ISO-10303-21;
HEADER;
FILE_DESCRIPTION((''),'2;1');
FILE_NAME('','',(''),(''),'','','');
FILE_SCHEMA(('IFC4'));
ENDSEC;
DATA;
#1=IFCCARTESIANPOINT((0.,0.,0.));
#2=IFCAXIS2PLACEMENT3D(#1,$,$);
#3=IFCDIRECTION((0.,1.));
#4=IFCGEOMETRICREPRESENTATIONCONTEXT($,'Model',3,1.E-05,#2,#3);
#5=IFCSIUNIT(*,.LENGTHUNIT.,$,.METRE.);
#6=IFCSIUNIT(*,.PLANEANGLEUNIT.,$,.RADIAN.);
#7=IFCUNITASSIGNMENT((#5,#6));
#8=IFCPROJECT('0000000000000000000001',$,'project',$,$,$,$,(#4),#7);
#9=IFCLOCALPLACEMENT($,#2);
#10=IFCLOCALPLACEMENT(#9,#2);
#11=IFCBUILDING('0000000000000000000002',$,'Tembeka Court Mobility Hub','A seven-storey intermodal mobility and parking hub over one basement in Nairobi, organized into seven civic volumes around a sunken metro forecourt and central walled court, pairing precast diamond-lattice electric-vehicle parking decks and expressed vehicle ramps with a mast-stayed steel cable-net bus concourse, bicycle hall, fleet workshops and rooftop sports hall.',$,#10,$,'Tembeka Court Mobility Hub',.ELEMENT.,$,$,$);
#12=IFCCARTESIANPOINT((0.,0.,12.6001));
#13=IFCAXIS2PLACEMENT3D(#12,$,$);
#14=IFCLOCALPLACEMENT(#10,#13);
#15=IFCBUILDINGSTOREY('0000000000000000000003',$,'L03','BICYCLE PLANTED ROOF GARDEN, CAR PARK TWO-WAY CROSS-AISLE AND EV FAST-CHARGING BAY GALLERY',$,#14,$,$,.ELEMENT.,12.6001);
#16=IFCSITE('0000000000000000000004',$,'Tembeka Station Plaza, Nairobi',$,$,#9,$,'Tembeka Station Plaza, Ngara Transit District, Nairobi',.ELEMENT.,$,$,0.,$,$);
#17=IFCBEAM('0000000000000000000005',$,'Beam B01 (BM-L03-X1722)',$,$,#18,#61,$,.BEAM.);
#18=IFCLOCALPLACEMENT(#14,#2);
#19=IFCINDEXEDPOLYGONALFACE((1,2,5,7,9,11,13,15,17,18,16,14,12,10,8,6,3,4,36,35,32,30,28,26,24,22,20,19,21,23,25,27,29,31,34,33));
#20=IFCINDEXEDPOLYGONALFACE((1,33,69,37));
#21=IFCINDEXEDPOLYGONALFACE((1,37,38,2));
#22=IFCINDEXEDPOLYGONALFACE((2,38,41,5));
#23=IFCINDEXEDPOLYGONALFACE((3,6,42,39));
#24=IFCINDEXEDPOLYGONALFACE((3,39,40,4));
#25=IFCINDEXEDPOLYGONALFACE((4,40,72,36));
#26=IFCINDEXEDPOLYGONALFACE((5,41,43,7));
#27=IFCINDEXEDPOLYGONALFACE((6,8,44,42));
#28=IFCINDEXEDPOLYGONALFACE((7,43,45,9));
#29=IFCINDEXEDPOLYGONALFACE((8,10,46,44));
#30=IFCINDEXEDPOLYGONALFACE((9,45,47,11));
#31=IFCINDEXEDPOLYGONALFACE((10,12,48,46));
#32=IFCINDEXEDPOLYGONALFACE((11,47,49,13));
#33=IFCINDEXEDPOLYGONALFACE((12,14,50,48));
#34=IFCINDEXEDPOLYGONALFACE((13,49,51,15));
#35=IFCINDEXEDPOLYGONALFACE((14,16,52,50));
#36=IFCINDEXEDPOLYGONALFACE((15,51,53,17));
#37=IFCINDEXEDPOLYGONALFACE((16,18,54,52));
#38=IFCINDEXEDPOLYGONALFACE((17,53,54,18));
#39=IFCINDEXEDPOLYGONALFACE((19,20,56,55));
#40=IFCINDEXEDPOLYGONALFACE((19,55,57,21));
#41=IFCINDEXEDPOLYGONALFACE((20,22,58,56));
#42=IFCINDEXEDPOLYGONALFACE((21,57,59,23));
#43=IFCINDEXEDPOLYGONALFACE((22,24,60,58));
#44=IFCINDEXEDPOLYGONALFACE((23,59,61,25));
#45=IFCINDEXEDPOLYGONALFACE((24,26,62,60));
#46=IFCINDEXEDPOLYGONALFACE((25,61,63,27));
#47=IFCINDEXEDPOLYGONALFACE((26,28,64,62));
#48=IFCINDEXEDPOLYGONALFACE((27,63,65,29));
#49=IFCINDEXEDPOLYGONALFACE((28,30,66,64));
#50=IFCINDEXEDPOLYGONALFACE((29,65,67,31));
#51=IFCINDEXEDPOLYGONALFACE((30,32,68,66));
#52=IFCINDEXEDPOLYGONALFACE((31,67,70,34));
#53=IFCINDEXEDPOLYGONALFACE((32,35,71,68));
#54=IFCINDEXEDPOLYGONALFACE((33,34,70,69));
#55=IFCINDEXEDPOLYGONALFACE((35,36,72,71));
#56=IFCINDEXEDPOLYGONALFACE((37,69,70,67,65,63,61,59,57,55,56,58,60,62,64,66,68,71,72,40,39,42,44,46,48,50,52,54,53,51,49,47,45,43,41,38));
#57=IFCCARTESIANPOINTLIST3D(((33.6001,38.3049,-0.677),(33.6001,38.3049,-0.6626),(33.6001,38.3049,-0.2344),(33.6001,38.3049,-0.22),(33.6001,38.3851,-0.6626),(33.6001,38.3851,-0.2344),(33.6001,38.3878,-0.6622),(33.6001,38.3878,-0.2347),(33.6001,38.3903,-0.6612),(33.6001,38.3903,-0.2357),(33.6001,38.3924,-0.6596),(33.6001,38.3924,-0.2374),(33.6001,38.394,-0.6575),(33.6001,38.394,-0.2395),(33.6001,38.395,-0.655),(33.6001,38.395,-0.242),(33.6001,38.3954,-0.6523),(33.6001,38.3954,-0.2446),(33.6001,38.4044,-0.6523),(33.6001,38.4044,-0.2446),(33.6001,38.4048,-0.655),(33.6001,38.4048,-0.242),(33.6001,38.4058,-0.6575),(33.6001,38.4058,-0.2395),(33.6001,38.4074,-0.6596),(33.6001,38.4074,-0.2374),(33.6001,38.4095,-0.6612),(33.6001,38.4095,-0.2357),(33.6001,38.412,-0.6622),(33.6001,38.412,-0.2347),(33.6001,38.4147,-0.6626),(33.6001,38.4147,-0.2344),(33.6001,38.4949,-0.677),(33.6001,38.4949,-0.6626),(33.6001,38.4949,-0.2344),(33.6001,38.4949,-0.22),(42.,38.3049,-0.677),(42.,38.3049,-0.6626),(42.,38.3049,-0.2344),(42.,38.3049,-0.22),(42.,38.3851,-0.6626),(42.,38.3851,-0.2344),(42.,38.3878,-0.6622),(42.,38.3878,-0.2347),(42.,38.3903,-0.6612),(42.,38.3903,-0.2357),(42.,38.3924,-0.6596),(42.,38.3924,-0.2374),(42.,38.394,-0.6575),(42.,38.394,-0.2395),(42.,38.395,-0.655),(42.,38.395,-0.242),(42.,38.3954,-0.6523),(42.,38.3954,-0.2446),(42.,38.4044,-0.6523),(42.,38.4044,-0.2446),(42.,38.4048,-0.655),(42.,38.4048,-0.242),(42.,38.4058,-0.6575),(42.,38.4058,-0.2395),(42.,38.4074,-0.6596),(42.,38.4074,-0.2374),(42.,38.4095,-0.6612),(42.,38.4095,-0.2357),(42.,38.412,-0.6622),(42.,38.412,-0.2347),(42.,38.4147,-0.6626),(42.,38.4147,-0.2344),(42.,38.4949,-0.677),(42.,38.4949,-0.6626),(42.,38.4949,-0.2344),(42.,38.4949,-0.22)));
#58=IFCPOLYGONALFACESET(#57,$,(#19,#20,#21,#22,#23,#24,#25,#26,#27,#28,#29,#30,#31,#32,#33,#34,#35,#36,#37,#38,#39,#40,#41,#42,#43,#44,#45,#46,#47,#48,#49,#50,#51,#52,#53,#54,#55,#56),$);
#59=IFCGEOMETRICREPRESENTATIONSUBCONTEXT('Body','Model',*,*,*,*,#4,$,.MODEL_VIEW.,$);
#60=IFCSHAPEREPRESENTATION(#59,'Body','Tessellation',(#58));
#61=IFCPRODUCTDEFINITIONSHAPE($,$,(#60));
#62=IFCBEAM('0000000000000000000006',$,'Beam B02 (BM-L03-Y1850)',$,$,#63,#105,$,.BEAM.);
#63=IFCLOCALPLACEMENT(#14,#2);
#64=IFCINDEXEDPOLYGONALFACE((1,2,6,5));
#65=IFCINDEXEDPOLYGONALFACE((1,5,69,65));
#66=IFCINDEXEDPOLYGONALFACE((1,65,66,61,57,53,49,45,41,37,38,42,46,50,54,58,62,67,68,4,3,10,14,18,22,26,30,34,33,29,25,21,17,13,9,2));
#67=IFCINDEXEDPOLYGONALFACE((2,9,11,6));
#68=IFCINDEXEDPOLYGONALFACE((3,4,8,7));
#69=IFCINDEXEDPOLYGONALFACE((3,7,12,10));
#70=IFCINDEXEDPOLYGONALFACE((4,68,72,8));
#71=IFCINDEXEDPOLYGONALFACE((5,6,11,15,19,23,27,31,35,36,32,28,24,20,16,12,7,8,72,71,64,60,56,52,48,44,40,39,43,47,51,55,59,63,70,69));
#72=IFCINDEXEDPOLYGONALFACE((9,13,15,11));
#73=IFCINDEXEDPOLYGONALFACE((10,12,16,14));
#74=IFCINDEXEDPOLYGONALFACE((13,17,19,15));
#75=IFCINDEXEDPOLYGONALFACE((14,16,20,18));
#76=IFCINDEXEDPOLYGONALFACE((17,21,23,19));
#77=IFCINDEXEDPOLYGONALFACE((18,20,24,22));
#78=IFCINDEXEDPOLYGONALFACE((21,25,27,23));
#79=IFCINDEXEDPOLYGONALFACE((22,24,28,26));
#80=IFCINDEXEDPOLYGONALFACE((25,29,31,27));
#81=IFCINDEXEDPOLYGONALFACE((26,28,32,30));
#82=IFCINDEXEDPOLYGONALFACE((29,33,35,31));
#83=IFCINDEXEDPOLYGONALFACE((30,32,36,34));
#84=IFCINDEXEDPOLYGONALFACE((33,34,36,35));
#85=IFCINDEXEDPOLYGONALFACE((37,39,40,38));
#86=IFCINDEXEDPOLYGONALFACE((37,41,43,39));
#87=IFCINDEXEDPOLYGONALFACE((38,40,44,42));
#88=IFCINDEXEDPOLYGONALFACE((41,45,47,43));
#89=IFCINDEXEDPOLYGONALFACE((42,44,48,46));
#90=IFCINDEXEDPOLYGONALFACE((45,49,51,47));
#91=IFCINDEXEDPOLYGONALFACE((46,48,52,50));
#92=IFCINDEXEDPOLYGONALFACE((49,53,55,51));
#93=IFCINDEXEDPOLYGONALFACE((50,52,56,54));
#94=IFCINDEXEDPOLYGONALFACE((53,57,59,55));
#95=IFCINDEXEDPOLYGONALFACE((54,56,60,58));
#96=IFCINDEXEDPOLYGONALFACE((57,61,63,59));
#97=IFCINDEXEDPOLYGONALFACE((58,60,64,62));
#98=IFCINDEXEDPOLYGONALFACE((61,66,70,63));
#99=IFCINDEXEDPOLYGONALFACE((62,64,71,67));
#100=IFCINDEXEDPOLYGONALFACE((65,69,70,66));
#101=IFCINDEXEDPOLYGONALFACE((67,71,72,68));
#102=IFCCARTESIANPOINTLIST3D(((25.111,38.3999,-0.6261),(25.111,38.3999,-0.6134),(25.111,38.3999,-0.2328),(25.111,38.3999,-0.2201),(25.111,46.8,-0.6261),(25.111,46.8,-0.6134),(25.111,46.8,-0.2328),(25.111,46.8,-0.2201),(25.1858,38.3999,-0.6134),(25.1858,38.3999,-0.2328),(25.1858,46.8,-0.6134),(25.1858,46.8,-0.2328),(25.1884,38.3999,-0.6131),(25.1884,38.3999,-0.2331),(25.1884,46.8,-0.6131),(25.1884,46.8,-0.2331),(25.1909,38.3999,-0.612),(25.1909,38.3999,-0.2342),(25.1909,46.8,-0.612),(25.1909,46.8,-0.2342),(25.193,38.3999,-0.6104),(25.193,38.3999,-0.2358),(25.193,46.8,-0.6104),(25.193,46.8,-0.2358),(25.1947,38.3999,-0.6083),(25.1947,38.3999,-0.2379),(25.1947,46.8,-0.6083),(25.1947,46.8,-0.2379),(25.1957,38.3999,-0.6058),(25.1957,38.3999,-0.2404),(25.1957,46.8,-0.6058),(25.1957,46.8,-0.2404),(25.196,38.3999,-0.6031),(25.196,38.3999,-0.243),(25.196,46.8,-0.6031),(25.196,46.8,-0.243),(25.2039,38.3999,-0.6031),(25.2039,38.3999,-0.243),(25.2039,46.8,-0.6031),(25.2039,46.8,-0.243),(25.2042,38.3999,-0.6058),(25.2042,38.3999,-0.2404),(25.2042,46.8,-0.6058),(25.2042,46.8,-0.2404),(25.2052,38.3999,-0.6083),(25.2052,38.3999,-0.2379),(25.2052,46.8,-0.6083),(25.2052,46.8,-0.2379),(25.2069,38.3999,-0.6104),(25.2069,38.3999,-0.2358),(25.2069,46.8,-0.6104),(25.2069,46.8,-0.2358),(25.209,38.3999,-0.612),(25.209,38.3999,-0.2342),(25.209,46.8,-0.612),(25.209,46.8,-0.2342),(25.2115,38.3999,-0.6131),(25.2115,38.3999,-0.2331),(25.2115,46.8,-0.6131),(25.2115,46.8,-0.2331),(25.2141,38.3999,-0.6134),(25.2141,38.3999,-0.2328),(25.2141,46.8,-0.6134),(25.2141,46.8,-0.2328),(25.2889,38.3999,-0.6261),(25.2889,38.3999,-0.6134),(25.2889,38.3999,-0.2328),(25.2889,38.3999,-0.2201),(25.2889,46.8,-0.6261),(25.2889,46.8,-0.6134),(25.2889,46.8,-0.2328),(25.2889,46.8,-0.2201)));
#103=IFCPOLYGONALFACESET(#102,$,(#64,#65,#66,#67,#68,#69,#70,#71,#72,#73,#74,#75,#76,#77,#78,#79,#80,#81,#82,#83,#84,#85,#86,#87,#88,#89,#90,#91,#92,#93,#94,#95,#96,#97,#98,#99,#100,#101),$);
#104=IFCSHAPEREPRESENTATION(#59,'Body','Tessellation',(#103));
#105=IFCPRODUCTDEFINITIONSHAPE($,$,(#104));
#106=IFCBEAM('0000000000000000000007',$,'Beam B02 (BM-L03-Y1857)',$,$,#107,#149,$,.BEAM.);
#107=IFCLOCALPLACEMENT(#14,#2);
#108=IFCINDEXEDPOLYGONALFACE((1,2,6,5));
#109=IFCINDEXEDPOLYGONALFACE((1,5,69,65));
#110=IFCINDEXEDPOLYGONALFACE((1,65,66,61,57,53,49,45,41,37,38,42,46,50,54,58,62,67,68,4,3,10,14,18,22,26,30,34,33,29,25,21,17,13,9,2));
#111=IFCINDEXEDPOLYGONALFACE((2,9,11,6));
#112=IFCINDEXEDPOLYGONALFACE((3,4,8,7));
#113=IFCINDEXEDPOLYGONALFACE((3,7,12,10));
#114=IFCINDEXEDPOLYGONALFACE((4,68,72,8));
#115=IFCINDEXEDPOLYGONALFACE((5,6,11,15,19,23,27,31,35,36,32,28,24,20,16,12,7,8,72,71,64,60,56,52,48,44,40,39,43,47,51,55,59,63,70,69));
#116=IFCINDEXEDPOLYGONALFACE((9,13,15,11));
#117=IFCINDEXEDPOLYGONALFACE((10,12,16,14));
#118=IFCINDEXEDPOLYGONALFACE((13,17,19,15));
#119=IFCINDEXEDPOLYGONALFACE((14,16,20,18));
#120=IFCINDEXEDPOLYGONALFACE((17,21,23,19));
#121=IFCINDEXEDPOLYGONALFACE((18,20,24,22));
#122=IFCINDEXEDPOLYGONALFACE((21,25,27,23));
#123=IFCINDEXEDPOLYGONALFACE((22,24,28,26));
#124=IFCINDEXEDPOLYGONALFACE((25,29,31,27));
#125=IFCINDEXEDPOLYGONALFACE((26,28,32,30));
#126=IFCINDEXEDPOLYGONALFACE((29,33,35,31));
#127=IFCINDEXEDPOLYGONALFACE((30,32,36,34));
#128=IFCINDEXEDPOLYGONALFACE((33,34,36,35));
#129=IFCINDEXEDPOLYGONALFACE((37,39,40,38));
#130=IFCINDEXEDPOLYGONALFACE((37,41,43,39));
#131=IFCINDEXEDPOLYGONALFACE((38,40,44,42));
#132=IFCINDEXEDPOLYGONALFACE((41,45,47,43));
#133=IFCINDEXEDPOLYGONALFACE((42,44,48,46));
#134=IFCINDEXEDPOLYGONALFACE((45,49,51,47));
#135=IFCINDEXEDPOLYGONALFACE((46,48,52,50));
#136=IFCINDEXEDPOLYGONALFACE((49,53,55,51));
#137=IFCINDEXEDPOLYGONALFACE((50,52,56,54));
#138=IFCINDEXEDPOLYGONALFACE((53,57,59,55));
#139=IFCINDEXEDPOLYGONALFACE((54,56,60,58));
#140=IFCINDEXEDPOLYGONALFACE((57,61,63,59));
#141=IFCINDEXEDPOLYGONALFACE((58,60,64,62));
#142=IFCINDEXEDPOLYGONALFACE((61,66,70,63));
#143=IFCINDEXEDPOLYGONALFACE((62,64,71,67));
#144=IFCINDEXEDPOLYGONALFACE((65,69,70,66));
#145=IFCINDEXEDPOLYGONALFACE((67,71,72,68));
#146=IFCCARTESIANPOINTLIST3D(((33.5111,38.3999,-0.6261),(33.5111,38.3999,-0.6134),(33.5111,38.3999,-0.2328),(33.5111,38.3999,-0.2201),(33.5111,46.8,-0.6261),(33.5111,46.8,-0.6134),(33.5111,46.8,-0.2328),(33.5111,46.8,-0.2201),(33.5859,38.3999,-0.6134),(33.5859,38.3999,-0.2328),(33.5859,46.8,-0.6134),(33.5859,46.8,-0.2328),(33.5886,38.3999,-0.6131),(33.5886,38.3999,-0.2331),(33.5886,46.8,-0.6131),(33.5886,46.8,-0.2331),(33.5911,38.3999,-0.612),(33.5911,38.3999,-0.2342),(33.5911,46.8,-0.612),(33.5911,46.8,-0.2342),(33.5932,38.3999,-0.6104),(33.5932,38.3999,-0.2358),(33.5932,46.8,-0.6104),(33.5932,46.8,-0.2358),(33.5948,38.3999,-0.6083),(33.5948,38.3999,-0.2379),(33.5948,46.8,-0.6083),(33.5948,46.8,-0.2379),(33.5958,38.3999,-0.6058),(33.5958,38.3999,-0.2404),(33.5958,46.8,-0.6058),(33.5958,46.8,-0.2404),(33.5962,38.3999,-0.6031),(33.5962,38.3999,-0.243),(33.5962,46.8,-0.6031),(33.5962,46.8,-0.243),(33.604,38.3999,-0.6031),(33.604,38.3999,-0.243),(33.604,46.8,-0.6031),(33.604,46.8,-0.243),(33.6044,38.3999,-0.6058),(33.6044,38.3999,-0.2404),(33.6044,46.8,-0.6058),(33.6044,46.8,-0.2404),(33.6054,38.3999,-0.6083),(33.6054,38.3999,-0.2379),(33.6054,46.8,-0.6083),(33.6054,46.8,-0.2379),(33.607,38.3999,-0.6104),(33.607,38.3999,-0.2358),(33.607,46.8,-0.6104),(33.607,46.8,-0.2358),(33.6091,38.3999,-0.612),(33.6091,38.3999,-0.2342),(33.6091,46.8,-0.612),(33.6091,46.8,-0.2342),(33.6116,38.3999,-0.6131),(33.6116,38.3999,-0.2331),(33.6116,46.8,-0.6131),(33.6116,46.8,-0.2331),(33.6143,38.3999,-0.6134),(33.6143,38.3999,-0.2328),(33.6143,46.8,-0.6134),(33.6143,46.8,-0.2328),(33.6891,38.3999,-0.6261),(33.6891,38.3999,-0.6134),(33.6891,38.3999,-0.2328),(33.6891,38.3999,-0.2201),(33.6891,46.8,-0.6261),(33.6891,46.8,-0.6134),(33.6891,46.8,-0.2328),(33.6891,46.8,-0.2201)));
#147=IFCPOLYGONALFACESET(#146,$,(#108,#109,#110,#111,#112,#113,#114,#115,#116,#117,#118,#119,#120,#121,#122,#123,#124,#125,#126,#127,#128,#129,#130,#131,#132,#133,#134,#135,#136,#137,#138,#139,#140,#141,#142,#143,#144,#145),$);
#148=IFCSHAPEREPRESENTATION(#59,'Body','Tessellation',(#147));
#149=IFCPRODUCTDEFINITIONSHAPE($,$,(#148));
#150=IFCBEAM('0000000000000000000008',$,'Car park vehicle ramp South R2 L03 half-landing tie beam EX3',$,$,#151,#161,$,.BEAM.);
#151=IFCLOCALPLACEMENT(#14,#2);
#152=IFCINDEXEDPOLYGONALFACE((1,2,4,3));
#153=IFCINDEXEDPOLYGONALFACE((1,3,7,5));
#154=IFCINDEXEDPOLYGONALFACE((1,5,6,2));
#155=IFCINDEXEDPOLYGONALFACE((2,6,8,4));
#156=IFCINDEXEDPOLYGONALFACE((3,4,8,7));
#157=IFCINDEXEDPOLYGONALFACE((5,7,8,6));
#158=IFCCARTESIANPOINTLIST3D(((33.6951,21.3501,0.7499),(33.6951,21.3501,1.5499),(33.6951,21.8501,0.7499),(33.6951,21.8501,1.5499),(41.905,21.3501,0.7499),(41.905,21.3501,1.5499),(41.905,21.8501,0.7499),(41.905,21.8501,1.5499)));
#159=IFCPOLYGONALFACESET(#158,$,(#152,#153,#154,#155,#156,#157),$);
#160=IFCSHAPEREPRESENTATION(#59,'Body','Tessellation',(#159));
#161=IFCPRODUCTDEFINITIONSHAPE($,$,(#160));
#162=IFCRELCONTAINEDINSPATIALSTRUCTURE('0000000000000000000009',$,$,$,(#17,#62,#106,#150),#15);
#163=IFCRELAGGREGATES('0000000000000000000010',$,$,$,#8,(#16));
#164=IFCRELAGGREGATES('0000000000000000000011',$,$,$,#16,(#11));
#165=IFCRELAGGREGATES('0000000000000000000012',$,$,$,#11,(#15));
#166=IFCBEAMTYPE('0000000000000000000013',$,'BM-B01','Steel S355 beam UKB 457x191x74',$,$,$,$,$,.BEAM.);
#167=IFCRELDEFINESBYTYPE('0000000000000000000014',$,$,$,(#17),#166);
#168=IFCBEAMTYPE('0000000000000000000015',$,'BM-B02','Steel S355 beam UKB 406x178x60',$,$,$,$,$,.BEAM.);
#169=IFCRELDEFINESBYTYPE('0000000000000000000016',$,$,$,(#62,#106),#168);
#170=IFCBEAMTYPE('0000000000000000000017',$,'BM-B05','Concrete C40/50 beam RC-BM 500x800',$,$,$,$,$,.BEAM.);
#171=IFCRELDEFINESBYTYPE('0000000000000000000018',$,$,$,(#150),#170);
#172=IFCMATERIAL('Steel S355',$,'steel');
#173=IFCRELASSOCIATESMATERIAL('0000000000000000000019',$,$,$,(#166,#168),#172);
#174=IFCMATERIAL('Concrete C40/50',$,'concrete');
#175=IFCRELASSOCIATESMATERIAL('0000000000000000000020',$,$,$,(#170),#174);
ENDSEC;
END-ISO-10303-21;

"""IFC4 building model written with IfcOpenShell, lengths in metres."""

from ifc_helpers import new_model, si_unit, direction, frame, origin, origin_2d, place, context, subcontext, project, spatial, rectangle, i_section, extrude, material, material_profile, profile_set, type_object, element, save


model = new_model("IFC4")

# Units and contexts
model_context = context("Model", 3, precision=1e-05, world=origin(), true_north=direction((0.0, 1.0)))
body_context = subcontext(model_context, "Body", "Model", "MODEL_VIEW")
ifc_project = project(units=[si_unit("LENGTHUNIT", "METRE"), si_unit("PLANEANGLEUNIT", "RADIAN")], contexts=[model_context])

# Site, building, storey
site_placement = place(None, origin())
site = spatial("IfcSite", under=ifc_project, at=site_placement, Name="Tembeka Station Plaza, Nairobi", LongName="Tembeka Station Plaza, Ngara Transit District, Nairobi", CompositionType="ELEMENT", RefElevation=0.0)
building_placement = place(site_placement, origin())
building = spatial("IfcBuilding", under=site, at=building_placement, Name="Tembeka Court Mobility Hub", Description="A seven-storey intermodal mobility and parking hub over one basement in Nairobi, organized into seven civic volumes around a sunken metro forecourt and central walled court, pairing precast diamond-lattice electric-vehicle parking decks and expressed vehicle ramps with a mast-stayed steel cable-net bus concourse, bicycle hall, fleet workshops and rooftop sports hall.", LongName="Tembeka Court Mobility Hub", CompositionType="ELEMENT")
storey_placement = place(building_placement, frame((0.0, 0.0, 12.6001)))
storey = spatial("IfcBuildingStorey", under=building, at=storey_placement, Name="L03", Description="BICYCLE PLANTED ROOF GARDEN, CAR PARK TWO-WAY CROSS-AISLE AND EV FAST-CHARGING BAY GALLERY", CompositionType="ELEMENT", Elevation=12.6001)

# Shared definitions
ifc_material_1 = material(Name="Steel S355", Category="steel")

# Beams
ifc_material_profile_1 = material_profile(ifc_material_1, i_section(OverallWidth=0.1899, OverallDepth=0.457, WebThickness=0.009, FlangeThickness=0.0144, FilletRadius=0.0103, at=origin_2d()), Name="UKB 457x191x74")
ifc_profile_set_1 = profile_set([ifc_material_profile_1], Name="Steel S355")
beam_type_1 = type_object("IfcBeamType", Name="BM-B01", Description="Steel S355 beam UKB 457x191x74", PredefinedType="BEAM", material=ifc_profile_set_1)
beam_1_placement = place(storey_placement, frame((33.6001, 38.3999, -0.4485), z_axis=(1.0, 0.0, 0.0), x_axis=(0.0, 1.0, 0.0)))
element("IfcBeam", 1, at=beam_1_placement, inside=storey, type_object=beam_type_1, Name="Beam B01 (BM-L03-X1722)", PredefinedType="BEAM", context=body_context, shape_type="SweptSolid", body=[
    extrude(i_section(OverallWidth=0.1899, OverallDepth=0.457, WebThickness=0.009, FlangeThickness=0.0144, FilletRadius=0.0103, at=origin_2d()), origin(), (0.0, 0.0, 1.0), 8.3999),
])
ifc_material_profile_2 = material_profile(ifc_material_1, i_section(OverallWidth=0.178, OverallDepth=0.406, WebThickness=0.0078, FlangeThickness=0.0127, FilletRadius=0.0103, at=origin_2d()), Name="UKB 406x178x60")
ifc_profile_set_2 = profile_set([ifc_material_profile_2], Name="Steel S355")
beam_type_2 = type_object("IfcBeamType", Name="BM-B02", Description="Steel S355 beam UKB 406x178x60", PredefinedType="BEAM", material=ifc_profile_set_2)
for number, where, z_axis, x_axis, name in (
    (2, (25.2, 38.3999, -0.4231), (0.0, 1.0, 0.0), (-1.0, 0.0, 0.0), "Beam B02 (BM-L03-Y1850)"),
    (3, (33.6001, 38.3999, -0.4231), (0.0, 1.0, 0.0), (-1.0, 0.0, 0.0), "Beam B02 (BM-L03-Y1857)"),
):
    element("IfcBeam", number, at=place(storey_placement, frame(where, z_axis=z_axis, x_axis=x_axis)), inside=storey, type_object=beam_type_2, Name=name, PredefinedType="BEAM", context=body_context, shape_type="SweptSolid", body=[
        extrude(i_section(OverallWidth=0.178, OverallDepth=0.406, WebThickness=0.0078, FlangeThickness=0.0127, FilletRadius=0.0103, at=origin_2d()), origin(), (0.0, 0.0, 1.0), 8.4001),
    ])
ifc_material_2 = material(Name="Concrete C40/50", Category="concrete")
ifc_material_profile_3 = material_profile(ifc_material_2, rectangle(XDim=0.5, YDim=0.8, at=origin_2d()), Name="RC-BM 500x800")
ifc_profile_set_3 = profile_set([ifc_material_profile_3], Name="Concrete C40/50")
beam_type_3 = type_object("IfcBeamType", Name="BM-B05", Description="Concrete C40/50 beam RC-BM 500x800", PredefinedType="BEAM", material=ifc_profile_set_3)
beam_2_placement = place(storey_placement, frame((33.6951, 21.6001, 1.1499), z_axis=(1.0, 0.0, 0.0), x_axis=(0.0, 1.0, 0.0)))
element("IfcBeam", 4, at=beam_2_placement, inside=storey, type_object=beam_type_3, Name="Car park vehicle ramp South R2 L03 half-landing tie beam EX3", PredefinedType="BEAM", context=body_context, shape_type="SweptSolid", body=[
    extrude(rectangle(XDim=0.5, YDim=0.8, at=origin_2d()), origin(), (0.0, 0.0, 1.0), 8.21),
])

save(model, "model.ifc")
